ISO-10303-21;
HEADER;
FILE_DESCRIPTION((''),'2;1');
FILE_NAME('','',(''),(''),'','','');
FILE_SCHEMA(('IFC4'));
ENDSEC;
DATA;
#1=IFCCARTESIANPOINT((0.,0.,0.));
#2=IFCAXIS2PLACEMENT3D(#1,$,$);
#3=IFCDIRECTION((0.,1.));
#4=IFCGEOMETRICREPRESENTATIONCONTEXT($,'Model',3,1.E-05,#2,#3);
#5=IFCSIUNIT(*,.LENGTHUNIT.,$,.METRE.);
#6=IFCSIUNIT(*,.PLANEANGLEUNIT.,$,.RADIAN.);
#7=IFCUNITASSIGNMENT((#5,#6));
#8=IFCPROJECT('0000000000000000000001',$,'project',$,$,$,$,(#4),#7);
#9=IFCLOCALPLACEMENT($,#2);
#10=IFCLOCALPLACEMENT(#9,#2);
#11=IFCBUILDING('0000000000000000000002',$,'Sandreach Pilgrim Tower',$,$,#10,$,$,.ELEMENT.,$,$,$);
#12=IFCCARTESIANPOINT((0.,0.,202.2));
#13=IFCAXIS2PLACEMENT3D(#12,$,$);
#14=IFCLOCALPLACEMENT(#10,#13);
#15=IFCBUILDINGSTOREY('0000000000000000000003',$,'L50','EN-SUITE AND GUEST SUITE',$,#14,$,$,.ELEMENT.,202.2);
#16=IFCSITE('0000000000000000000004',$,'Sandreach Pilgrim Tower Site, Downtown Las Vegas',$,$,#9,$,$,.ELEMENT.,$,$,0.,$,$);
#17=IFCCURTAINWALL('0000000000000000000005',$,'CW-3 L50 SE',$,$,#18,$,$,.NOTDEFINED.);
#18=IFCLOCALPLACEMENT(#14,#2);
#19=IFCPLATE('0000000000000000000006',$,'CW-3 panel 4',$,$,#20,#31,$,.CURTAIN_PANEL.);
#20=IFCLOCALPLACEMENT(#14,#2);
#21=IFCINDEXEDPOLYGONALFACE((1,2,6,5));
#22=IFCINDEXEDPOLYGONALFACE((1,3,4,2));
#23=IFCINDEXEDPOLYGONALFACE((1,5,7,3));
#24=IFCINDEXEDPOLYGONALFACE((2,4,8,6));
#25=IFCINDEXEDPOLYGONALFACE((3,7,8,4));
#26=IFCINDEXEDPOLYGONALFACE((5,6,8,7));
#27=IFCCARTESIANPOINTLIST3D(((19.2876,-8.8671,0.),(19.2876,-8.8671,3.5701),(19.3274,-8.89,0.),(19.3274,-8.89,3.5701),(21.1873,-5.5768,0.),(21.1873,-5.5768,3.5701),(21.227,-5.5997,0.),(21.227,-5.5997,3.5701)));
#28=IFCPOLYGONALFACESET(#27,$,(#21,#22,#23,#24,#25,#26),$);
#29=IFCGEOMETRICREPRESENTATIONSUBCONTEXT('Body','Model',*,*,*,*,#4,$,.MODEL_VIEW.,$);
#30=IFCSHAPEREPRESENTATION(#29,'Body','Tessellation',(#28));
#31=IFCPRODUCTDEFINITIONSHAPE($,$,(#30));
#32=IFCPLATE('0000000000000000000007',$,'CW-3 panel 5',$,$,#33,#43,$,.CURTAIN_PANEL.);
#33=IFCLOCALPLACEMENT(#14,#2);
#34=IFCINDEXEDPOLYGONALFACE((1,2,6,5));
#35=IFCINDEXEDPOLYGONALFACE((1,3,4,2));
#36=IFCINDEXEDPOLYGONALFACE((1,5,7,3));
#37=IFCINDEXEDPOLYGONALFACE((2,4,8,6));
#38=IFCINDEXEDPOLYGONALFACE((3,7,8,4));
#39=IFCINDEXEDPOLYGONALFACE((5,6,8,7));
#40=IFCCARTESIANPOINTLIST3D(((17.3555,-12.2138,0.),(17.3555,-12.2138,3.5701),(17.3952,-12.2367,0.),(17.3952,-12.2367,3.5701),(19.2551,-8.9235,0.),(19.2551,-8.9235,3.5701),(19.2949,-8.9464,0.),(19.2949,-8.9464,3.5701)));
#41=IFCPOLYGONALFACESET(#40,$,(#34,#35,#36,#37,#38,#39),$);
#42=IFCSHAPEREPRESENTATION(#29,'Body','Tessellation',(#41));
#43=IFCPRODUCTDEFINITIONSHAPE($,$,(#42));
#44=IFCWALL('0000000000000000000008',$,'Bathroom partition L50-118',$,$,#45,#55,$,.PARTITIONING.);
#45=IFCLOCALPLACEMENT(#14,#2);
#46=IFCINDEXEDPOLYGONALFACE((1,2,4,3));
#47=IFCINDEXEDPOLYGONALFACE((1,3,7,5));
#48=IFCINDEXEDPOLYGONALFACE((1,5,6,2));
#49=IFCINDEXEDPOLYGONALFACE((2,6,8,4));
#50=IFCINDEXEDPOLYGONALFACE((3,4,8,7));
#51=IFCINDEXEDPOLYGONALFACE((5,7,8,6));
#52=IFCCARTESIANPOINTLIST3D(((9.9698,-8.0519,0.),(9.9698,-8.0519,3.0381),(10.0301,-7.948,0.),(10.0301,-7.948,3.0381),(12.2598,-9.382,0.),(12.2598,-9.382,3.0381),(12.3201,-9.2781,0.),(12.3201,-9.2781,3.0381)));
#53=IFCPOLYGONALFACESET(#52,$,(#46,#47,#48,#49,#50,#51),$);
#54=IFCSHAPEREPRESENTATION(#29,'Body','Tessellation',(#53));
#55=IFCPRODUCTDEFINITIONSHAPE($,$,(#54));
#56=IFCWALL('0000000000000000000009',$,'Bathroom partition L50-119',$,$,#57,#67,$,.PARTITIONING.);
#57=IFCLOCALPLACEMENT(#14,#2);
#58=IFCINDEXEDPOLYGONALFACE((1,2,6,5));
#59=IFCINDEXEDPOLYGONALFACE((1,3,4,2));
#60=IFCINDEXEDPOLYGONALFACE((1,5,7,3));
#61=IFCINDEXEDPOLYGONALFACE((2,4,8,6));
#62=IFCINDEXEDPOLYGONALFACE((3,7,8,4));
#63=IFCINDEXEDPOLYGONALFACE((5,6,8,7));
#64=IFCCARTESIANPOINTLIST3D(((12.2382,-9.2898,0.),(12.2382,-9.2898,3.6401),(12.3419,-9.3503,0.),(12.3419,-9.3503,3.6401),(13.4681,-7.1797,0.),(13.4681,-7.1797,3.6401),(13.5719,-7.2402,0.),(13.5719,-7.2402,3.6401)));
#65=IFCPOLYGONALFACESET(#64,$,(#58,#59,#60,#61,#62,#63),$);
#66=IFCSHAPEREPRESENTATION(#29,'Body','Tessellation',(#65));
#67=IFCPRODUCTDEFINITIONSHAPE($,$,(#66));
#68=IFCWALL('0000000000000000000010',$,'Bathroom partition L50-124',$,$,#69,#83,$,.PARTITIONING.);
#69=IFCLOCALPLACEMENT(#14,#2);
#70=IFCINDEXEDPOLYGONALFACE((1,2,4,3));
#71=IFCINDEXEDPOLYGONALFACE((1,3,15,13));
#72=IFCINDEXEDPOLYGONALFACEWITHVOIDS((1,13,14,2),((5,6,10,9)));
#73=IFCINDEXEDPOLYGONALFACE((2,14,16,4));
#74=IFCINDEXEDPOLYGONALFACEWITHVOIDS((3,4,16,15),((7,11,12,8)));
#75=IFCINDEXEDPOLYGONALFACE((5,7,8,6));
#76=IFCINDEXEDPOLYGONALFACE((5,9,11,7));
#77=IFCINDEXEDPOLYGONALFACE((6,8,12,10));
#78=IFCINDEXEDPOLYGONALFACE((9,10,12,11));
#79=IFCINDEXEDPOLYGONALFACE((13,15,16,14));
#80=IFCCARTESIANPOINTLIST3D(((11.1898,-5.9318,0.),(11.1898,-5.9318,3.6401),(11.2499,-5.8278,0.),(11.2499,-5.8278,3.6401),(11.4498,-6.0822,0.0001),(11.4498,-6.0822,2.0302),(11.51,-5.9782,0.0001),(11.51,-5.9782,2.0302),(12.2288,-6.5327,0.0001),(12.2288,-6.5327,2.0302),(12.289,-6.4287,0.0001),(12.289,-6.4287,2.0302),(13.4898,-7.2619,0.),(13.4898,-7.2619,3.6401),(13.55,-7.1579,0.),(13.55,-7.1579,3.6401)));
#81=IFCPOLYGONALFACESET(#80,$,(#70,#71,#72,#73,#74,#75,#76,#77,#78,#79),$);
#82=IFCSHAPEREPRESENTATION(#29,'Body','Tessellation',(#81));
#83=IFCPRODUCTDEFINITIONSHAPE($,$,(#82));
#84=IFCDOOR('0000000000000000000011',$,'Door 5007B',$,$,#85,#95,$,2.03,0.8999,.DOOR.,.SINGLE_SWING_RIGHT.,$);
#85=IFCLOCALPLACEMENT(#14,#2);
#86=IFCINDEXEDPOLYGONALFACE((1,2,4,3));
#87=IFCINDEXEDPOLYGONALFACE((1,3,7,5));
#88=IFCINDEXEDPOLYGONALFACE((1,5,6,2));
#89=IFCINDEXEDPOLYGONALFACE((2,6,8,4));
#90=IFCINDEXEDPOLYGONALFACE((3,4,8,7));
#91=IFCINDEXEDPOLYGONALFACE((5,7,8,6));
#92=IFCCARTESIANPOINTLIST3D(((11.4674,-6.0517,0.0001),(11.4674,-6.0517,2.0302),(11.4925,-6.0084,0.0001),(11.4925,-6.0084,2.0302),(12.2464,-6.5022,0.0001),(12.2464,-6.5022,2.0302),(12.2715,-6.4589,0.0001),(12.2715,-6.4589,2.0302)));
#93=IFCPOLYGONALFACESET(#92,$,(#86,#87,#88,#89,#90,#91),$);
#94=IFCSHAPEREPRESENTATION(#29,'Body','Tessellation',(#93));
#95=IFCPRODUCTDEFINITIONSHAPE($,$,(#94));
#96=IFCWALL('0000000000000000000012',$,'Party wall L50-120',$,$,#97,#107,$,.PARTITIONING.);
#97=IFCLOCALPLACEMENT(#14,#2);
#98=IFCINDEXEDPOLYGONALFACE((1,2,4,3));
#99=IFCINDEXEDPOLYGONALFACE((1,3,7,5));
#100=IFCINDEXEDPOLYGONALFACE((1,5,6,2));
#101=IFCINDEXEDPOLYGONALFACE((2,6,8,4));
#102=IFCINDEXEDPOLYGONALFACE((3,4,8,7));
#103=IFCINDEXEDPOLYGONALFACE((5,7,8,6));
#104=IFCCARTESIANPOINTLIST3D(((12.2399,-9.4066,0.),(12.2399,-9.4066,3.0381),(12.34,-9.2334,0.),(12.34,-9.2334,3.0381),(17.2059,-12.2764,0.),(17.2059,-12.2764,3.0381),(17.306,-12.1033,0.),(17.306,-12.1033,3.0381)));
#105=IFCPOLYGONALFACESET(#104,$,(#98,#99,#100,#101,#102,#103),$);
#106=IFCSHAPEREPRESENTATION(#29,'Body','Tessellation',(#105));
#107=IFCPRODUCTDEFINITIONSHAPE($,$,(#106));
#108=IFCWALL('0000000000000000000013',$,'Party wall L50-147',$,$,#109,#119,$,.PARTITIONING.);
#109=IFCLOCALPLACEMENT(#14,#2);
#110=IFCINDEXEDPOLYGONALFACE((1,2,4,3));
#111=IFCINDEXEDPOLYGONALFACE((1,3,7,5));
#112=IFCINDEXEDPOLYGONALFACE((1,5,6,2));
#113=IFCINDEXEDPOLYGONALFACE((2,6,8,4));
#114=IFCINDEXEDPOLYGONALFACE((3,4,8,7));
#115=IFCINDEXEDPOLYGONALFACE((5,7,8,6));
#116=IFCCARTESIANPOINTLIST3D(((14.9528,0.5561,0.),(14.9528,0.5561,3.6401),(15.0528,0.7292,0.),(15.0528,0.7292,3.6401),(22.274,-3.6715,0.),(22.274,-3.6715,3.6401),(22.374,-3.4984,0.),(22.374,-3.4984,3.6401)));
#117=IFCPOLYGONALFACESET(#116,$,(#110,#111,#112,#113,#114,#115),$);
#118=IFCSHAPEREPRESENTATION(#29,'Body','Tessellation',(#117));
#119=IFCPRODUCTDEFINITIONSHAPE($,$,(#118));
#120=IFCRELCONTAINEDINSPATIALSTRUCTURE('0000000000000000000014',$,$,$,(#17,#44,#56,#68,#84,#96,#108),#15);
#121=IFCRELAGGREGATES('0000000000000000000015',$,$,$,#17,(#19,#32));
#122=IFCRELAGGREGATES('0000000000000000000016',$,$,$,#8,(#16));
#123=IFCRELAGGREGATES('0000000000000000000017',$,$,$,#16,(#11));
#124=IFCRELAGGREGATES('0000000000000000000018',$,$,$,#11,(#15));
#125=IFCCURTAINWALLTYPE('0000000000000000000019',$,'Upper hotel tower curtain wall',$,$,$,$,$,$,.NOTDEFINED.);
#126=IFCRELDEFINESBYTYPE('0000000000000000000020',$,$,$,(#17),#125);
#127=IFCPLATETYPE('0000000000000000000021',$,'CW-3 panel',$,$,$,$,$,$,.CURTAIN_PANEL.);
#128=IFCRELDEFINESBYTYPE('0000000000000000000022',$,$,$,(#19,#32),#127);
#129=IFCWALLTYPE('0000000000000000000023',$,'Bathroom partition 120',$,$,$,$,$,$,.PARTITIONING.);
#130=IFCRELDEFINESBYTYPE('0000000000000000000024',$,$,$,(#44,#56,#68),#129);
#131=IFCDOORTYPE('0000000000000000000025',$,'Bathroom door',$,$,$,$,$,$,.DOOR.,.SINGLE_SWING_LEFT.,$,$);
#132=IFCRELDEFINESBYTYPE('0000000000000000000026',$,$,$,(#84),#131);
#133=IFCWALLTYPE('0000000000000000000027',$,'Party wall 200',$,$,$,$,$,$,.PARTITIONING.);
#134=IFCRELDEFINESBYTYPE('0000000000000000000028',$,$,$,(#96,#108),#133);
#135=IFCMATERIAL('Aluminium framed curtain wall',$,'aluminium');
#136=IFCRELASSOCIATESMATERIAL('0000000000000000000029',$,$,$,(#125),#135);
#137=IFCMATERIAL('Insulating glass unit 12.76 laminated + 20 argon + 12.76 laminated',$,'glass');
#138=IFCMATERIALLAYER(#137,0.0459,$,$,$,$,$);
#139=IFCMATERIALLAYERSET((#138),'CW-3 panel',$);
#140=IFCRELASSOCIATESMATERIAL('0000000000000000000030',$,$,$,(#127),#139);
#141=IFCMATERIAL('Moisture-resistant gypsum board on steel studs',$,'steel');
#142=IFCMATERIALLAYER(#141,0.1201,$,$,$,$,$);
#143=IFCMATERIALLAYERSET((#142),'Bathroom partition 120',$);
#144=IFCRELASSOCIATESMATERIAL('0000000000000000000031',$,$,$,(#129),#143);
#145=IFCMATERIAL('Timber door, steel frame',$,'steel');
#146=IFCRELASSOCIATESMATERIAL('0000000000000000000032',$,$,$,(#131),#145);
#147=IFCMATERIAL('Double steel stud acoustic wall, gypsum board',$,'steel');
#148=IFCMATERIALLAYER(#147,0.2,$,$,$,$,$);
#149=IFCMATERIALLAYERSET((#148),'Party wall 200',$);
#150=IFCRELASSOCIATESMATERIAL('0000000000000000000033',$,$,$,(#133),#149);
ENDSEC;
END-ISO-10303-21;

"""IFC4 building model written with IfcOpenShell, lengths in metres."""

from ifc_helpers import new_model, si_unit, direction, frame, frame_2d, origin, origin_2d, place, context, subcontext, project, spatial, rectangle, extrude, material, layer, layer_set, type_object, element, fill, aggregate, save


model = new_model("IFC4")

# Units and contexts
model_context = context("Model", 3, precision=1e-05, world=origin(), true_north=direction((0.0, 1.0)))
body_context = subcontext(model_context, "Body", "Model", "MODEL_VIEW")
ifc_project = project(units=[si_unit("LENGTHUNIT", "METRE"), si_unit("PLANEANGLEUNIT", "RADIAN")], contexts=[model_context])

# Site, building, storey
site_placement = place(None, origin())
site = spatial("IfcSite", under=ifc_project, at=site_placement, Name="Sandreach Pilgrim Tower Site, Downtown Las Vegas", CompositionType="ELEMENT", RefElevation=0.0)
building_placement = place(site_placement, origin())
building = spatial("IfcBuilding", under=site, at=building_placement, Name="Sandreach Pilgrim Tower", CompositionType="ELEMENT")
storey_placement = place(building_placement, frame((0.0, 0.0, 202.2)))
storey = spatial("IfcBuildingStorey", under=building, at=storey_placement, Name="L50", Description="EN-SUITE AND GUEST SUITE", CompositionType="ELEMENT", Elevation=202.2)

# Curtain wall
ifc_material_1 = material(Name="Aluminium framed curtain wall", Category="aluminium")
curtain_wall_type = type_object("IfcCurtainWallType", Name="Upper hotel tower curtain wall", PredefinedType="NOTDEFINED", material=ifc_material_1)
curtain_wall_placement = place(storey_placement, origin())
curtain_wall = element("IfcCurtainWall", 1, at=curtain_wall_placement, inside=storey, type_object=curtain_wall_type, Name="CW-3 L50 SE", PredefinedType="NOTDEFINED")

# Plates
ifc_material_2 = material(Name="Insulating glass unit 12.76 laminated + 20 argon + 12.76 laminated", Category="glass")
ifc_layer_1 = layer(ifc_material_2, 0.0459)
ifc_layer_set_1 = layer_set([ifc_layer_1], Name="CW-3 panel")
plate_type = type_object("IfcPlateType", Name="CW-3 panel", PredefinedType="CURTAIN_PANEL", material=ifc_layer_set_1)
plate_1_placement = place(storey_placement, frame((20.2573, -7.2334, 0.0), z_axis=(0.0, 0.0, 1.0), x_axis=(-0.5, -0.866025, 0.0)))
plate_1 = element("IfcPlate", 2, at=plate_1_placement, type_object=plate_type, Name="CW-3 panel 4", PredefinedType="CURTAIN_PANEL", context=body_context, shape_type="SweptSolid", body=[
    extrude(rectangle(XDim=3.7993, YDim=0.0459, at=origin_2d()), origin(), (0.0, 0.0, 1.0), 3.5701),
])
plate_2_placement = place(storey_placement, frame((18.3252, -10.5801, 0.0), z_axis=(0.0, 0.0, 1.0), x_axis=(-0.5, -0.866025, 0.0)))
plate_2 = element("IfcPlate", 3, at=plate_2_placement, type_object=plate_type, Name="CW-3 panel 5", PredefinedType="CURTAIN_PANEL", context=body_context, shape_type="SweptSolid", body=[
    extrude(rectangle(XDim=3.7993, YDim=0.0459, at=origin_2d()), origin(), (0.0, 0.0, 1.0), 3.5701),
])
aggregate(curtain_wall, [plate_1, plate_2])

# Walls
ifc_material_3 = material(Name="Moisture-resistant gypsum board on steel studs", Category="steel")
ifc_layer_2 = layer(ifc_material_3, 0.1201)
ifc_layer_set_2 = layer_set([ifc_layer_2], Name="Bathroom partition 120")
wall_type_1 = type_object("IfcWallType", Name="Bathroom partition 120", PredefinedType="PARTITIONING", material=ifc_layer_set_2)
wall_1_placement = place(storey_placement, frame((12.29, -9.3301, 0.0), z_axis=(0.0, 0.0, 1.0), x_axis=(-0.864727, 0.502242, 0.0)))
element("IfcWall", 4, at=wall_1_placement, inside=storey, type_object=wall_type_1, Name="Bathroom partition L50-118", PredefinedType="PARTITIONING", context=body_context, shape_type="SweptSolid", body=[
    extrude(rectangle(XDim=2.6482, YDim=0.1201, at=frame_2d((1.3242, 0.0))), origin(), (0.0, 0.0, 1.0), 3.0381),
])
wall_2_placement = place(storey_placement, frame((12.29, -9.3201, 0.0), z_axis=(0.0, 0.0, 1.0), x_axis=(0.503591, 0.863942, 0.0)))
element("IfcWall", 5, at=wall_2_placement, inside=storey, type_object=wall_type_1, Name="Bathroom partition L50-119", PredefinedType="PARTITIONING", context=body_context, shape_type="SweptSolid", body=[
    extrude(rectangle(XDim=2.4424, YDim=0.1201, at=frame_2d((1.2212, 0.0))), origin(), (0.0, 0.0, 1.0), 3.6401),
])

# Wall, opening, door
wall_3_placement = place(storey_placement, frame((13.52, -7.21, 0.0), z_axis=(0.0, 0.0, 1.0), x_axis=(-0.865676, 0.500605, 0.0)))
wall_3 = element("IfcWall", 6, at=wall_3_placement, inside=storey, type_object=wall_type_1, Name="Bathroom partition L50-124", PredefinedType="PARTITIONING", context=body_context, shape_type="SweptSolid", body=[
    extrude(rectangle(XDim=2.657, YDim=0.1201, at=frame_2d((1.3286, 0.0))), origin(), (0.0, 0.0, 1.0), 3.6401),
])
opening_1_placement = place(wall_3_placement, frame((1.4568, 0.0, 0.0)))
opening_1 = element("IfcOpeningElement", 7, at=opening_1_placement, cuts=wall_3, PredefinedType="OPENING", context=body_context, shape_type="SweptSolid", body=[
    extrude(rectangle(XDim=0.8999, YDim=2.03, at=frame_2d((0.45, 1.0151))), frame((0.0, 0.0601, 0.0), z_axis=(0.0, -1.0, 0.0), x_axis=(1.0, 0.0, 0.0)), (0.0, 0.0, 1.0), 0.1201),
])
ifc_material_4 = material(Name="Timber door, steel frame", Category="steel")
door_type_1 = type_object("IfcDoorType", Name="Bathroom door", OperationType="SINGLE_SWING_LEFT", PredefinedType="DOOR", material=ifc_material_4)
door_1_placement = place(opening_1_placement, origin())
door_1 = element("IfcDoor", 8, at=door_1_placement, inside=storey, type_object=door_type_1, Name="Door 5007B", OperationType="SINGLE_SWING_RIGHT", OverallHeight=2.03, OverallWidth=0.8999, PredefinedType="DOOR", context=body_context, shape_type="SweptSolid", body=[
    extrude(rectangle(XDim=0.8999, YDim=2.03, at=frame_2d((0.45, 1.0151))), frame((0.0, 0.0249, 0.0), z_axis=(0.0, -1.0, 0.0), x_axis=(1.0, 0.0, 0.0)), (0.0, 0.0, 1.0), 0.05),
])
fill(opening_1, door_1)

# Walls
ifc_material_5 = material(Name="Double steel stud acoustic wall, gypsum board", Category="steel")
ifc_layer_3 = layer(ifc_material_5, 0.2)
ifc_layer_set_3 = layer_set([ifc_layer_3], Name="Party wall 200")
wall_type_2 = type_object("IfcWallType", Name="Party wall 200", PredefinedType="PARTITIONING", material=ifc_layer_set_3)
wall_4_placement = place(storey_placement, frame((12.29, -9.3201, 0.0), z_axis=(0.0, 0.0, 1.0), x_axis=(0.86582, -0.500355, 0.0)))
element("IfcWall", 9, at=wall_4_placement, inside=storey, type_object=wall_type_2, Name="Party wall L50-120", PredefinedType="PARTITIONING", context=body_context, shape_type="SweptSolid", body=[
    extrude(rectangle(XDim=5.7356, YDim=0.2, at=frame_2d((2.8677, 0.0))), origin(), (0.0, 0.0, 1.0), 3.0381),
])
wall_5_placement = place(storey_placement, frame((22.324, -3.585, 0.0), z_axis=(0.0, 0.0, 1.0), x_axis=(-0.865988, 0.500065, 0.0)))
element("IfcWall", 10, at=wall_5_placement, inside=storey, type_object=wall_type_2, Name="Party wall L50-147", PredefinedType="PARTITIONING", context=body_context, shape_type="SweptSolid", body=[
    extrude(rectangle(XDim=8.4541, YDim=0.2, at=frame_2d((4.2271, 0.0))), origin(), (0.0, 0.0, 1.0), 3.6401),
])

save(model, "model.ifc")
